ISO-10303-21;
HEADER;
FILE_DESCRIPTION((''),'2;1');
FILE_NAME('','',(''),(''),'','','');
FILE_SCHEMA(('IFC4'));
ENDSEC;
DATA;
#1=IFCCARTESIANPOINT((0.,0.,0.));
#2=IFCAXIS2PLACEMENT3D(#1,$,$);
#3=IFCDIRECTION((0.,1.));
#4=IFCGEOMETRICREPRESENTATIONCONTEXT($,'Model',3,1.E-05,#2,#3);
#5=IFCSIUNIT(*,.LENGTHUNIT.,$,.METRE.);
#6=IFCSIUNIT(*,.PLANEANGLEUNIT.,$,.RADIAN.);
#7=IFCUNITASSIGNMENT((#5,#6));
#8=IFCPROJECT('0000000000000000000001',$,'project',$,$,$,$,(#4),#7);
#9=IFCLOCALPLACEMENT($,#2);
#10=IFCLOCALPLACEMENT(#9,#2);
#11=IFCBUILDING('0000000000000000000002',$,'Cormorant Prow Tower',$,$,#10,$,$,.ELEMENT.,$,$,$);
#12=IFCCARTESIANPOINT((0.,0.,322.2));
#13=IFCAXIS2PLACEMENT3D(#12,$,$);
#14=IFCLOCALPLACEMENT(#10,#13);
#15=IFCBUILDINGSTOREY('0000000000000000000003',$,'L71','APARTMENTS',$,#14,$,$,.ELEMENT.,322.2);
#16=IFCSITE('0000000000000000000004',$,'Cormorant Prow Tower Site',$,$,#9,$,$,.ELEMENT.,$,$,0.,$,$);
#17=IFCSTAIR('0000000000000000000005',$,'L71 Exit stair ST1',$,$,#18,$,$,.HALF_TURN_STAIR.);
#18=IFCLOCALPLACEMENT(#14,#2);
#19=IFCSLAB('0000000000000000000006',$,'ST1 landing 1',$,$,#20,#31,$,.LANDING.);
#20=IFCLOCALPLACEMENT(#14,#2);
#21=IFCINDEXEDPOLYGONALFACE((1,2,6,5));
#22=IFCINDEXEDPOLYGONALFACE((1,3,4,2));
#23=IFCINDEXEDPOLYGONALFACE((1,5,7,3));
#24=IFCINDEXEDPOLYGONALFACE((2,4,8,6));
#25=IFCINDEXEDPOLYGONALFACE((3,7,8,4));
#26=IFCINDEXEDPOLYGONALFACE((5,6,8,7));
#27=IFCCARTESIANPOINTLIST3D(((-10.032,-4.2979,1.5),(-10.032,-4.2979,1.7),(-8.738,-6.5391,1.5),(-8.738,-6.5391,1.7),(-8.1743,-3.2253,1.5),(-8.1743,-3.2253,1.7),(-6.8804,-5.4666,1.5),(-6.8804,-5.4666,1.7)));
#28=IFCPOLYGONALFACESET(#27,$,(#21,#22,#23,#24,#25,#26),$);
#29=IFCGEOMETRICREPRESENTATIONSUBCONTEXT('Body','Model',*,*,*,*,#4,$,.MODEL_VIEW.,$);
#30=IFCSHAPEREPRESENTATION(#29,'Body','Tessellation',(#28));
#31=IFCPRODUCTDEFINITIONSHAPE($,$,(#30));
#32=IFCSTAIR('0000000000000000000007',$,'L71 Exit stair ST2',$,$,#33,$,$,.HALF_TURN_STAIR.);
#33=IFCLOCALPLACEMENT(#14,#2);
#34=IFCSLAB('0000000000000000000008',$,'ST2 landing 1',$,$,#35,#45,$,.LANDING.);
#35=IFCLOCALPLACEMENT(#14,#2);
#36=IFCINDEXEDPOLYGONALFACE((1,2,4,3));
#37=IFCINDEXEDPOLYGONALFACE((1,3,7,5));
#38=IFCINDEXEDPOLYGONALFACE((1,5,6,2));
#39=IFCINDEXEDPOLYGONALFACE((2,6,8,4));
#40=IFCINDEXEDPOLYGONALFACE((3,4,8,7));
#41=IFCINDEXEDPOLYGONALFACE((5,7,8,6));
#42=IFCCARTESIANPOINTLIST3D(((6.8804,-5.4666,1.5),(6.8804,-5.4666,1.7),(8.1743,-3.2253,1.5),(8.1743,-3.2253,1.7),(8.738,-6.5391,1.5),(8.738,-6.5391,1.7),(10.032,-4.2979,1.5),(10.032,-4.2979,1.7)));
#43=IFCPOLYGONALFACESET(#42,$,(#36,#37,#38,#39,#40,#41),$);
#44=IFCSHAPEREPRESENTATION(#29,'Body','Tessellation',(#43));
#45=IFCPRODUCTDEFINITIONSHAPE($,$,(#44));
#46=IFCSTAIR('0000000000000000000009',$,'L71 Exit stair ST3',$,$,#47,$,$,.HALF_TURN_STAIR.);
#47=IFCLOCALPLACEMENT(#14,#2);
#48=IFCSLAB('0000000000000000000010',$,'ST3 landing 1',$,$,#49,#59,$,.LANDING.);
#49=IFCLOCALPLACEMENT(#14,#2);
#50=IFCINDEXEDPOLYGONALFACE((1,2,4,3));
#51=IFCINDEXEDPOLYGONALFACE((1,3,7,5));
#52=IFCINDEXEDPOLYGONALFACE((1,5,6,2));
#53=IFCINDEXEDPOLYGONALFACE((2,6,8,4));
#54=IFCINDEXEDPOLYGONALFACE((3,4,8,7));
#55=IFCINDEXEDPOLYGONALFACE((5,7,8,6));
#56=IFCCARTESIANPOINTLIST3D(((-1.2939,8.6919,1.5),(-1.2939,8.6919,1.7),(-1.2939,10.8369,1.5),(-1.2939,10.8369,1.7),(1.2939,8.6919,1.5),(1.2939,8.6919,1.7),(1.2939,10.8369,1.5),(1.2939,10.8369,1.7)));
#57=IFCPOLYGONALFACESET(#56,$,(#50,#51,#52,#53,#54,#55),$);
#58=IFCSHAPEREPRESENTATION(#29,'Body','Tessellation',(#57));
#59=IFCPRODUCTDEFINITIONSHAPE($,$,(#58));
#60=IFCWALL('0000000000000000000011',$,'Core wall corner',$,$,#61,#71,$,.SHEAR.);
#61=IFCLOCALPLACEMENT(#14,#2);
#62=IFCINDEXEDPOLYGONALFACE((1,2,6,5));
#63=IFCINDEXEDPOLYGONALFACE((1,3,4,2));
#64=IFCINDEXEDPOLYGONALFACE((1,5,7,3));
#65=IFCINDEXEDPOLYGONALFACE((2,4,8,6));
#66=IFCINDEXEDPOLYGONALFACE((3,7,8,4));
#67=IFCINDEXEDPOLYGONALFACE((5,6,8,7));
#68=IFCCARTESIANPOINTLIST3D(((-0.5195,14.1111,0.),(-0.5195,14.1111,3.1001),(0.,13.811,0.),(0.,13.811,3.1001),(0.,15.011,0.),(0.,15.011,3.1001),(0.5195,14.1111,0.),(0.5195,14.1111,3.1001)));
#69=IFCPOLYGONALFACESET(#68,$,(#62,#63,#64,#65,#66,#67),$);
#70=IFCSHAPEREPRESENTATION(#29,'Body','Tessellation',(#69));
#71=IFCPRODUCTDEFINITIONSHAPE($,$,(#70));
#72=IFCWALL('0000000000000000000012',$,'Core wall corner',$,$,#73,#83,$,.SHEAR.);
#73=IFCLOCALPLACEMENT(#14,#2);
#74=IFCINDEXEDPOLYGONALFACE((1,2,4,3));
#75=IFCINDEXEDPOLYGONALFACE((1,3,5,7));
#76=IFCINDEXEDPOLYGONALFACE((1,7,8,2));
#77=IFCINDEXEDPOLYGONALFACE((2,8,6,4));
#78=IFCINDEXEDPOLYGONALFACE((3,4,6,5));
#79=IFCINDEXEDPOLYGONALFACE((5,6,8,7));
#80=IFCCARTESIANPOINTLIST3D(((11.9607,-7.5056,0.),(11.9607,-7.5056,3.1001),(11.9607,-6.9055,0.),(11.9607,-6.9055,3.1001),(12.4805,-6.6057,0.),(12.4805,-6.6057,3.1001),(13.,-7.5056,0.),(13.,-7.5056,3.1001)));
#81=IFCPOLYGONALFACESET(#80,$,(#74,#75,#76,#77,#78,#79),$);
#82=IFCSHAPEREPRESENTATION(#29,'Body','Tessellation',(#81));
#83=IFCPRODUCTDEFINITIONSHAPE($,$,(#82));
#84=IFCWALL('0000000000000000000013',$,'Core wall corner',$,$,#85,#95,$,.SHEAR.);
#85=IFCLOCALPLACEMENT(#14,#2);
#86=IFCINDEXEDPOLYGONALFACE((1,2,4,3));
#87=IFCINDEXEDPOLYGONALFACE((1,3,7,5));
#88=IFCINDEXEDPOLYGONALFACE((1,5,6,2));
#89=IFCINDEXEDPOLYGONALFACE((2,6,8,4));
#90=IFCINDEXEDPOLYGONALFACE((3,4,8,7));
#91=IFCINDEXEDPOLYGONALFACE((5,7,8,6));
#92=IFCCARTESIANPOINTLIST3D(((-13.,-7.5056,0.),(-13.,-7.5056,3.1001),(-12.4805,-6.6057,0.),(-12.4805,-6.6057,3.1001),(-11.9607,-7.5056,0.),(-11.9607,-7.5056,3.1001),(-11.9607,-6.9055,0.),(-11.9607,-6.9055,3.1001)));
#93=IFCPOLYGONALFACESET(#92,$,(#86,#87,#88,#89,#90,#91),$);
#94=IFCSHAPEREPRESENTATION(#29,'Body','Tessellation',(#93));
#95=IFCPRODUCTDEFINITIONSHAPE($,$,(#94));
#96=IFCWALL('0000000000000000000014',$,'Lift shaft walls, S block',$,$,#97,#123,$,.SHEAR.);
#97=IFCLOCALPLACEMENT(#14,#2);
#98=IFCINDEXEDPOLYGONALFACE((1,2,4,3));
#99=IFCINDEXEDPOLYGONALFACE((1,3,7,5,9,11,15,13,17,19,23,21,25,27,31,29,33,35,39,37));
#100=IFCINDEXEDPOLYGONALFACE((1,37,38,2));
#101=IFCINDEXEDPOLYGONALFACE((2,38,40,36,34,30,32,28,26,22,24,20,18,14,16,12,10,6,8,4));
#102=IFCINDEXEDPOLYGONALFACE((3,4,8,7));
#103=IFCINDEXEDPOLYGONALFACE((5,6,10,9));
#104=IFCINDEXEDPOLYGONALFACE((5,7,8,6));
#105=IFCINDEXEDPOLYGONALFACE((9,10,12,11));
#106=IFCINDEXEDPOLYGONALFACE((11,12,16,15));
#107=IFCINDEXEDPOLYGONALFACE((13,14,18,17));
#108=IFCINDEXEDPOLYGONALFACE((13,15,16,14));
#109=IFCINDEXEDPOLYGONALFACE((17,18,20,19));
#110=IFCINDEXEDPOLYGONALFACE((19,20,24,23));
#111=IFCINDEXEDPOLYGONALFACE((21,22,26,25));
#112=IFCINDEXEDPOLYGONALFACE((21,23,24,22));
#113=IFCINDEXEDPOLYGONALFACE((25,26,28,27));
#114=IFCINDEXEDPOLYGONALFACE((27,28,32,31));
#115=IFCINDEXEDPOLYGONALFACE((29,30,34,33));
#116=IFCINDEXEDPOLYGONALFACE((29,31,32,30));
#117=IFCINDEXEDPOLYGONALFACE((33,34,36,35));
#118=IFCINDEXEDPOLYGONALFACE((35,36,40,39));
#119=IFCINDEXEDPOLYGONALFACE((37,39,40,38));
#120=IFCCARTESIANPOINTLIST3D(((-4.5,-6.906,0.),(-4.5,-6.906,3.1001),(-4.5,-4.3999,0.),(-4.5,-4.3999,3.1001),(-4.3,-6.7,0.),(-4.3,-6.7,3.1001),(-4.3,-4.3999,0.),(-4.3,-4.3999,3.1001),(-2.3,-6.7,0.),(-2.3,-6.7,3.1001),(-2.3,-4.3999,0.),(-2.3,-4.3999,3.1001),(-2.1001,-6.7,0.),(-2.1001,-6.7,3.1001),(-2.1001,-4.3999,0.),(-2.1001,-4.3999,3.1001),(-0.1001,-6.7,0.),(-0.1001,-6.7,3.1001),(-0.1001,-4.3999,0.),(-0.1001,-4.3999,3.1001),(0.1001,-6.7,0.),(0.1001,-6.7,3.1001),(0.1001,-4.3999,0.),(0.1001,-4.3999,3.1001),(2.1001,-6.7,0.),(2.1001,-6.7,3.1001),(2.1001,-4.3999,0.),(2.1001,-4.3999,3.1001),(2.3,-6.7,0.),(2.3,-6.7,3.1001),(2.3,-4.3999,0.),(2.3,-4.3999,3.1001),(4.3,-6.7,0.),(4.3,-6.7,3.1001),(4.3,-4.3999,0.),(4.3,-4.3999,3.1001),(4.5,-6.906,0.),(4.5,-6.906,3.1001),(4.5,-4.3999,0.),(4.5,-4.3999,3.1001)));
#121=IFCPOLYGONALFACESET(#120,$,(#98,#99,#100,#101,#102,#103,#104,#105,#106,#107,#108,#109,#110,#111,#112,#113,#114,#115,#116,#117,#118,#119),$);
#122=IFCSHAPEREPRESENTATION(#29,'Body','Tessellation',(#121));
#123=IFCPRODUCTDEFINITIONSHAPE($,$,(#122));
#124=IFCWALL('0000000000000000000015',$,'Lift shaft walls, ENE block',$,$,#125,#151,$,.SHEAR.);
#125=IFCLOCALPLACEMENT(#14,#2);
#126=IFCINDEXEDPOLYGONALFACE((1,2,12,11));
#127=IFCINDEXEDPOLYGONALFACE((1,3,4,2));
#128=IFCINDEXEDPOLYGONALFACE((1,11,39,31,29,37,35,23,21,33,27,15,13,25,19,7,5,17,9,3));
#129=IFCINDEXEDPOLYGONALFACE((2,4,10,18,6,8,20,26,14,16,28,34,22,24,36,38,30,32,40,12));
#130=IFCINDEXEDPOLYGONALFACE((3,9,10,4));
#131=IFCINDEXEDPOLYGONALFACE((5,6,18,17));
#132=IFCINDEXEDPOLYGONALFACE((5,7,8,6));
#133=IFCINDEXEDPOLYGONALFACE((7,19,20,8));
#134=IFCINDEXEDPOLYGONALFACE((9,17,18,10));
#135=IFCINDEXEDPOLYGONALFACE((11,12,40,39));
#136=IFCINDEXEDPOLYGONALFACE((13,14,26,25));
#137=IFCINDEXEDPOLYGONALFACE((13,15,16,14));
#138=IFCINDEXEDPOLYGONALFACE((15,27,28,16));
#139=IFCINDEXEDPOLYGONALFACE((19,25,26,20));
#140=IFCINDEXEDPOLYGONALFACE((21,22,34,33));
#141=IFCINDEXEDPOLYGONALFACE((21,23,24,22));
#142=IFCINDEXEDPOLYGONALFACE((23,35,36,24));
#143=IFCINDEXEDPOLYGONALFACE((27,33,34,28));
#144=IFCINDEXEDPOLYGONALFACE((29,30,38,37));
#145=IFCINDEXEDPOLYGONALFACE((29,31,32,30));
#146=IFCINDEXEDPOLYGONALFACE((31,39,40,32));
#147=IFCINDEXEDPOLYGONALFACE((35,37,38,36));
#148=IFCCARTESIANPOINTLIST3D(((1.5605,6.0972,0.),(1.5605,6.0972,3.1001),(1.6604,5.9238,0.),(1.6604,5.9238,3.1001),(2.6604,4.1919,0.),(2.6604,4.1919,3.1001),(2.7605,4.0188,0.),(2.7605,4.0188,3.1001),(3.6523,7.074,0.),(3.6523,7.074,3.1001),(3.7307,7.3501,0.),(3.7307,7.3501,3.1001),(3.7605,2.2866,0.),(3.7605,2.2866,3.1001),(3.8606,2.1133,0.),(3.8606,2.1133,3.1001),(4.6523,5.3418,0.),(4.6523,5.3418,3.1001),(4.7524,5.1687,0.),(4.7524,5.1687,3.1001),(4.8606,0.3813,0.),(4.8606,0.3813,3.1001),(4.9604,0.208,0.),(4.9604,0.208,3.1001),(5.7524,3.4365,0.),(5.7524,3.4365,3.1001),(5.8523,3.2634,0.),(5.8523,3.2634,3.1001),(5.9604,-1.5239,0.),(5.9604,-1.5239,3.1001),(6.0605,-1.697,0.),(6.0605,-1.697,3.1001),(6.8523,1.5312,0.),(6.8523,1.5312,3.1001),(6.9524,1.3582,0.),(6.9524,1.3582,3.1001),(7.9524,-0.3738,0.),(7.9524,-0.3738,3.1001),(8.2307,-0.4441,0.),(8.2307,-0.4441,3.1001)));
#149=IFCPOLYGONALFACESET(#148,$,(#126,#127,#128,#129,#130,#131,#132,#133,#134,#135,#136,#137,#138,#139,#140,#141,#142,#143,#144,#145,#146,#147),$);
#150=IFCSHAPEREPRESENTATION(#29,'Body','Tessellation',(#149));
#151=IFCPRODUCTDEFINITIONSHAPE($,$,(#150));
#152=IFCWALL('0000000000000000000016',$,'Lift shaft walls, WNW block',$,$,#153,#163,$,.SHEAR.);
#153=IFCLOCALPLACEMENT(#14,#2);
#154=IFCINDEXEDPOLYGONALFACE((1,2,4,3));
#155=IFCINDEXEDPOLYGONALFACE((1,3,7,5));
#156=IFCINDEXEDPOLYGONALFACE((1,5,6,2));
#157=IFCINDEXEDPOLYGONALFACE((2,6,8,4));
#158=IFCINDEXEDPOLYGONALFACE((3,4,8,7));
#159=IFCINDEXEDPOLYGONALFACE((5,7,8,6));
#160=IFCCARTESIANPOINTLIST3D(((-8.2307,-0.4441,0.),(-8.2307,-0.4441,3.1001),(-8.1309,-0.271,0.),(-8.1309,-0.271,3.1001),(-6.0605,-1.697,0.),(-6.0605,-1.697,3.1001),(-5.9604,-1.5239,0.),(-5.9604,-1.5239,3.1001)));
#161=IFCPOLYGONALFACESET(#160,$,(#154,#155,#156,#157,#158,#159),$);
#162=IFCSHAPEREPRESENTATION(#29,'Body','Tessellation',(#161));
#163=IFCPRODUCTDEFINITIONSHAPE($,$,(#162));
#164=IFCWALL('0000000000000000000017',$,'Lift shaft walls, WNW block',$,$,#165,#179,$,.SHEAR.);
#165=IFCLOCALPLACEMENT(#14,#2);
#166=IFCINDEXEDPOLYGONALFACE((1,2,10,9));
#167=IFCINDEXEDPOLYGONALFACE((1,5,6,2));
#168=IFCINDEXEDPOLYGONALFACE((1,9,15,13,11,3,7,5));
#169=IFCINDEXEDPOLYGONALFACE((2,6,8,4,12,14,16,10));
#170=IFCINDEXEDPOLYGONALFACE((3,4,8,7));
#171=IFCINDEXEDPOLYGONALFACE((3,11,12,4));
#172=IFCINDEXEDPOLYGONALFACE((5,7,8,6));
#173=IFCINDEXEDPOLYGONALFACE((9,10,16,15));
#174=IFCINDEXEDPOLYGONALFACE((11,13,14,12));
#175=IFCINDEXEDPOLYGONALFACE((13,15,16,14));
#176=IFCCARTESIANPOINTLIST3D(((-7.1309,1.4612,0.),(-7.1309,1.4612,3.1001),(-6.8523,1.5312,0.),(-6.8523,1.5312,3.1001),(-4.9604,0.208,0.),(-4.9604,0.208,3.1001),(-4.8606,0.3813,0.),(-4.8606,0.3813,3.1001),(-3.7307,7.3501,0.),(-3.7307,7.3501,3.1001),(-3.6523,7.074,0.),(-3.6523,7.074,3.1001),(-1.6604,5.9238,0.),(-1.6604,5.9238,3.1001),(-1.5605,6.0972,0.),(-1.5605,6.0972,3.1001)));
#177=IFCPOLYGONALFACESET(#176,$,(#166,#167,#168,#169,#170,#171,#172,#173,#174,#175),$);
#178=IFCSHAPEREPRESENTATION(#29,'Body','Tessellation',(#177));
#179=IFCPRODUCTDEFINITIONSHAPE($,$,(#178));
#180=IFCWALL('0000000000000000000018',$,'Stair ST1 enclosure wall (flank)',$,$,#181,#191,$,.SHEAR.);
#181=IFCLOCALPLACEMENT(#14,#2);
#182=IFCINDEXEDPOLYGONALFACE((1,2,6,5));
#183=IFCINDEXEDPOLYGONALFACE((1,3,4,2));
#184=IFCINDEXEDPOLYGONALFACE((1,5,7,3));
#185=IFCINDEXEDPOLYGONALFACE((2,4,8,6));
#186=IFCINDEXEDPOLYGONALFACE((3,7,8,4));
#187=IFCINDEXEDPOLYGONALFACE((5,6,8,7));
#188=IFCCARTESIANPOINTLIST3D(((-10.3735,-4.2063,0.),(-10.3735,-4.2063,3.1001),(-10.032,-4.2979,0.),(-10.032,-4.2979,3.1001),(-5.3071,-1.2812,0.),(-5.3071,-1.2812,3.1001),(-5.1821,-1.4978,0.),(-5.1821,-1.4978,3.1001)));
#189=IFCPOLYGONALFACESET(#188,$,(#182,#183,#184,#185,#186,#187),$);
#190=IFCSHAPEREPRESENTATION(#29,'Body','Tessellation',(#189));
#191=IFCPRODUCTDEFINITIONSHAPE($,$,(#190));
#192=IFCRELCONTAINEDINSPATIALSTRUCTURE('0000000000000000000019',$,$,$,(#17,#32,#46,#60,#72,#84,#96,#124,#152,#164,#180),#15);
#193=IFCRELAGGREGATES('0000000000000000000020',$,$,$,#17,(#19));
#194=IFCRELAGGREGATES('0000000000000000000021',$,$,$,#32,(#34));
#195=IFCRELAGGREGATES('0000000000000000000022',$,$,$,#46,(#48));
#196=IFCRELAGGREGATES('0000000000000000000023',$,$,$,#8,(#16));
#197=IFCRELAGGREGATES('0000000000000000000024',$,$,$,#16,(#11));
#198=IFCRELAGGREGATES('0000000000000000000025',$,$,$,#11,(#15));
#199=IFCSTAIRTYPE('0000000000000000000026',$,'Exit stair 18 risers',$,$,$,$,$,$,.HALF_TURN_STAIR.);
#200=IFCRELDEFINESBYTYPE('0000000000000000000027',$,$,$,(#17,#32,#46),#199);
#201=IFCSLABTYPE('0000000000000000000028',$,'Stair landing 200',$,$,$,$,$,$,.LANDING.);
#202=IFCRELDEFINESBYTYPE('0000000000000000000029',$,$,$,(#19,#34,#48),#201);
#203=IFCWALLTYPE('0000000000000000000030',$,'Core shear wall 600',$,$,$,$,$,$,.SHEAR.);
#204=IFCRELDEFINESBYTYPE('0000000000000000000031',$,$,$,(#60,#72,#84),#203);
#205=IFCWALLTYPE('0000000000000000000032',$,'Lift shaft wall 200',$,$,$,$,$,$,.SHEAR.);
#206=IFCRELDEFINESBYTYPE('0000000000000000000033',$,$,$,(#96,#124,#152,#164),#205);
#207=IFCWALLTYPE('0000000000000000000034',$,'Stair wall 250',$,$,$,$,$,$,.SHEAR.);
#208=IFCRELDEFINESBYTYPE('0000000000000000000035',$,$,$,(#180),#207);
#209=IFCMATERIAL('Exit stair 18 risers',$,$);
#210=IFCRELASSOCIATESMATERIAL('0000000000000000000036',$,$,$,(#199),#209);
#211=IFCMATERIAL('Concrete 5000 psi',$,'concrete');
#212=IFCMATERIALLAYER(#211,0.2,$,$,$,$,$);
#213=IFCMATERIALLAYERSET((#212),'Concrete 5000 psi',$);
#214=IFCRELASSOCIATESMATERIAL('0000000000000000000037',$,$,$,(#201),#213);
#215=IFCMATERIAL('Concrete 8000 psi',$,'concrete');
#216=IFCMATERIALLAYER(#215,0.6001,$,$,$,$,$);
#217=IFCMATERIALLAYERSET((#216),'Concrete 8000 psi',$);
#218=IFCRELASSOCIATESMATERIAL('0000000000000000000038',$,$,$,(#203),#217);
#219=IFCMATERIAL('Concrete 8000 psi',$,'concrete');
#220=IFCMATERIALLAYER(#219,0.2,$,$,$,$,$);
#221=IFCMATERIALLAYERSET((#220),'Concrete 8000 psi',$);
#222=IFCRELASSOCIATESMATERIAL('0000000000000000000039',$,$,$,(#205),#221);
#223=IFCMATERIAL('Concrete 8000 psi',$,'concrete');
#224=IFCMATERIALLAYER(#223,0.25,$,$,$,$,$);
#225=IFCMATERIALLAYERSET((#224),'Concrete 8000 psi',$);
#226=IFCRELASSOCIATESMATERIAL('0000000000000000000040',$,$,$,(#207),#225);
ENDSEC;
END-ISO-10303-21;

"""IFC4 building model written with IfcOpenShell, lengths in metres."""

from ifc_helpers import new_model, si_unit, direction, frame, origin, place, context, subcontext, project, spatial, polyline, outline, extrude, material, layer, layer_set, type_object, element, aggregate, save


model = new_model("IFC4")

# Units and contexts
model_context = context("Model", 3, precision=1e-05, world=origin(), true_north=direction((0.0, 1.0)))
body_context = subcontext(model_context, "Body", "Model", "MODEL_VIEW")
ifc_project = project(units=[si_unit("LENGTHUNIT", "METRE"), si_unit("PLANEANGLEUNIT", "RADIAN")], contexts=[model_context])

# Site, building, storey
site_placement = place(None, origin())
site = spatial("IfcSite", under=ifc_project, at=site_placement, Name="Cormorant Prow Tower Site", CompositionType="ELEMENT", RefElevation=0.0)
building_placement = place(site_placement, origin())
building = spatial("IfcBuilding", under=site, at=building_placement, Name="Cormorant Prow Tower", CompositionType="ELEMENT")
storey_placement = place(building_placement, frame((0.0, 0.0, 322.2)))
storey = spatial("IfcBuildingStorey", under=building, at=storey_placement, Name="L71", Description="APARTMENTS", CompositionType="ELEMENT", Elevation=322.2)

# Stairs, slabs
ifc_material_1 = material(Name="Exit stair 18 risers")
stair_type = type_object("IfcStairType", Name="Exit stair 18 risers", PredefinedType="HALF_TURN_STAIR", material=ifc_material_1)
stair_1_placement = place(storey_placement, origin())
stair_1 = element("IfcStair", 1, at=stair_1_placement, inside=storey, type_object=stair_type, Name="L71 Exit stair ST1", PredefinedType="HALF_TURN_STAIR")
ifc_material_2 = material(Name="Concrete 5000 psi", Category="concrete")
ifc_layer_1 = layer(ifc_material_2, 0.2)
ifc_layer_set_1 = layer_set([ifc_layer_1], Name="Concrete 5000 psi")
slab_type = type_object("IfcSlabType", Name="Stair landing 200", PredefinedType="LANDING", material=ifc_layer_set_1)
slab_1_placement = place(storey_placement, frame((0.0, 0.0, 1.5)))
slab_1 = element("IfcSlab", 2, at=slab_1_placement, type_object=slab_type, Name="ST1 landing 1", PredefinedType="LANDING", context=body_context, shape_type="SweptSolid", body=[
    extrude(outline(polyline([(-8.1743, -3.2253), (-10.032, -4.2979), (-8.738, -6.5391), (-6.8804, -5.4666), (-8.1743, -3.2253)])), origin(), (0.0, 0.0, 1.0), 0.2),
])
aggregate(stair_1, [slab_1])
stair_2_placement = place(storey_placement, origin())
stair_2 = element("IfcStair", 3, at=stair_2_placement, inside=storey, type_object=stair_type, Name="L71 Exit stair ST2", PredefinedType="HALF_TURN_STAIR")
slab_2_placement = place(storey_placement, frame((0.0, 0.0, 1.5)))
slab_2 = element("IfcSlab", 4, at=slab_2_placement, type_object=slab_type, Name="ST2 landing 1", PredefinedType="LANDING", context=body_context, shape_type="SweptSolid", body=[
    extrude(outline(polyline([(6.8804, -5.4666), (8.738, -6.5391), (10.032, -4.2979), (8.1743, -3.2253), (6.8804, -5.4666)])), origin(), (0.0, 0.0, 1.0), 0.2),
])
aggregate(stair_2, [slab_2])
stair_3_placement = place(storey_placement, origin())
stair_3 = element("IfcStair", 5, at=stair_3_placement, inside=storey, type_object=stair_type, Name="L71 Exit stair ST3", PredefinedType="HALF_TURN_STAIR")
slab_3_placement = place(storey_placement, frame((0.0, 0.0, 1.5)))
slab_3 = element("IfcSlab", 6, at=slab_3_placement, type_object=slab_type, Name="ST3 landing 1", PredefinedType="LANDING", context=body_context, shape_type="SweptSolid", body=[
    extrude(outline(polyline([(1.2939, 8.6919), (1.2939, 10.8369), (-1.2939, 10.8369), (-1.2939, 8.6919), (1.2939, 8.6919)])), origin(), (0.0, 0.0, 1.0), 0.2),
])

# Walls
ifc_material_3 = material(Name="Concrete 8000 psi", Category="concrete")
ifc_layer_2 = layer(ifc_material_3, 0.6001)
ifc_layer_set_2 = layer_set([ifc_layer_2], Name="Concrete 8000 psi")
wall_type_1 = type_object("IfcWallType", Name="Core shear wall 600", PredefinedType="SHEAR", material=ifc_layer_set_2)
wall_1_placement = place(storey_placement, origin())
element("IfcWall", 7, at=wall_1_placement, inside=storey, type_object=wall_type_1, Name="Core wall corner", PredefinedType="SHEAR", context=body_context, shape_type="SweptSolid", body=[
    extrude(outline(polyline([(-0.5195, 14.1111), (0.0, 15.011), (0.5195, 14.1111), (0.0, 13.811), (-0.5195, 14.1111)])), origin(), (0.0, 0.0, 1.0), 3.1001),
])
wall_2_placement = place(storey_placement, origin())
element("IfcWall", 8, at=wall_2_placement, inside=storey, type_object=wall_type_1, Name="Core wall corner", PredefinedType="SHEAR", context=body_context, shape_type="SweptSolid", body=[
    extrude(outline(polyline([(11.9607, -7.5056), (11.9607, -6.9055), (12.4805, -6.6057), (13.0, -7.5056), (11.9607, -7.5056)])), origin(), (0.0, 0.0, 1.0), 3.1001),
])
wall_3_placement = place(storey_placement, origin())
element("IfcWall", 9, at=wall_3_placement, inside=storey, type_object=wall_type_1, Name="Core wall corner", PredefinedType="SHEAR", context=body_context, shape_type="SweptSolid", body=[
    extrude(outline(polyline([(-12.4805, -6.6057), (-11.9607, -6.9055), (-11.9607, -7.5056), (-13.0, -7.5056), (-12.4805, -6.6057)])), origin(), (0.0, 0.0, 1.0), 3.1001),
])
ifc_material_4 = material(Name="Concrete 8000 psi", Category="concrete")
ifc_layer_3 = layer(ifc_material_4, 0.2)
ifc_layer_set_3 = layer_set([ifc_layer_3], Name="Concrete 8000 psi")
wall_type_2 = type_object("IfcWallType", Name="Lift shaft wall 200", PredefinedType="SHEAR", material=ifc_layer_set_3)
wall_4_placement = place(storey_placement, origin())
element("IfcWall", 10, at=wall_4_placement, inside=storey, type_object=wall_type_2, Name="Lift shaft walls, S block", PredefinedType="SHEAR", context=body_context, shape_type="SweptSolid", body=[
    extrude(outline(polyline([(4.5, -4.3999), (4.5, -6.906), (-4.5, -6.906), (-4.5, -4.3999), (-4.3, -4.3999), (-4.3, -6.7), (-2.3, -6.7), (-2.3, -4.3999), (-2.1001, -4.3999), (-2.1001, -6.7), (-0.1001, -6.7), (-0.1001, -4.3999), (0.1001, -4.3999), (0.1001, -6.7), (2.1001, -6.7), (2.1001, -4.3999), (2.3, -4.3999), (2.3, -6.7), (4.3, -6.7), (4.3, -4.3999), (4.5, -4.3999)])), origin(), (0.0, 0.0, 1.0), 3.1001),
])
wall_5_placement = place(storey_placement, origin())
element("IfcWall", 11, at=wall_5_placement, inside=storey, type_object=wall_type_2, Name="Lift shaft walls, ENE block", PredefinedType="SHEAR", context=body_context, shape_type="SweptSolid", body=[
    extrude(outline(polyline([(1.5605, 6.0972), (3.7307, 7.3501), (8.2307, -0.4441), (6.0605, -1.697), (5.9604, -1.5239), (7.9524, -0.3738), (6.9524, 1.3582), (4.9604, 0.208), (4.8606, 0.3813), (6.8523, 1.5312), (5.8523, 3.2634), (3.8606, 2.1133), (3.7605, 2.2866), (5.7524, 3.4365), (4.7524, 5.1687), (2.7605, 4.0188), (2.6604, 4.1919), (4.6523, 5.3418), (3.6523, 7.074), (1.6604, 5.9238), (1.5605, 6.0972)])), origin(), (0.0, 0.0, 1.0), 3.1001),
])
wall_6_placement = place(storey_placement, origin())
element("IfcWall", 12, at=wall_6_placement, inside=storey, type_object=wall_type_2, Name="Lift shaft walls, WNW block", PredefinedType="SHEAR", context=body_context, shape_type="SweptSolid", body=[
    extrude(outline(polyline([(-6.0605, -1.697), (-8.2307, -0.4441), (-8.1309, -0.271), (-5.9604, -1.5239), (-6.0605, -1.697)])), origin(), (0.0, 0.0, 1.0), 3.1001),
])
wall_7_placement = place(storey_placement, origin())
element("IfcWall", 13, at=wall_7_placement, inside=storey, type_object=wall_type_2, Name="Lift shaft walls, WNW block", PredefinedType="SHEAR", context=body_context, shape_type="SweptSolid", body=[
    extrude(outline(polyline([(-4.9604, 0.208), (-7.1309, 1.4612), (-3.7307, 7.3501), (-1.5605, 6.0972), (-1.6604, 5.9238), (-3.6523, 7.074), (-6.8523, 1.5312), (-4.8606, 0.3813), (-4.9604, 0.208)])), origin(), (0.0, 0.0, 1.0), 3.1001),
])
ifc_material_5 = material(Name="Concrete 8000 psi", Category="concrete")
ifc_layer_4 = layer(ifc_material_5, 0.25)
ifc_layer_set_4 = layer_set([ifc_layer_4], Name="Concrete 8000 psi")
wall_type_3 = type_object("IfcWallType", Name="Stair wall 250", PredefinedType="SHEAR", material=ifc_layer_set_4)
wall_8_placement = place(storey_placement, origin())
element("IfcWall", 14, at=wall_8_placement, inside=storey, type_object=wall_type_3, Name="Stair ST1 enclosure wall (flank)", PredefinedType="SHEAR", context=body_context, shape_type="SweptSolid", body=[
    extrude(outline(polyline([(-5.3071, -1.2812), (-10.3735, -4.2063), (-10.032, -4.2979), (-5.1821, -1.4978), (-5.3071, -1.2812)])), origin(), (0.0, 0.0, 1.0), 3.1001),
])

aggregate(stair_3, [slab_3])

save(model, "model.ifc")
